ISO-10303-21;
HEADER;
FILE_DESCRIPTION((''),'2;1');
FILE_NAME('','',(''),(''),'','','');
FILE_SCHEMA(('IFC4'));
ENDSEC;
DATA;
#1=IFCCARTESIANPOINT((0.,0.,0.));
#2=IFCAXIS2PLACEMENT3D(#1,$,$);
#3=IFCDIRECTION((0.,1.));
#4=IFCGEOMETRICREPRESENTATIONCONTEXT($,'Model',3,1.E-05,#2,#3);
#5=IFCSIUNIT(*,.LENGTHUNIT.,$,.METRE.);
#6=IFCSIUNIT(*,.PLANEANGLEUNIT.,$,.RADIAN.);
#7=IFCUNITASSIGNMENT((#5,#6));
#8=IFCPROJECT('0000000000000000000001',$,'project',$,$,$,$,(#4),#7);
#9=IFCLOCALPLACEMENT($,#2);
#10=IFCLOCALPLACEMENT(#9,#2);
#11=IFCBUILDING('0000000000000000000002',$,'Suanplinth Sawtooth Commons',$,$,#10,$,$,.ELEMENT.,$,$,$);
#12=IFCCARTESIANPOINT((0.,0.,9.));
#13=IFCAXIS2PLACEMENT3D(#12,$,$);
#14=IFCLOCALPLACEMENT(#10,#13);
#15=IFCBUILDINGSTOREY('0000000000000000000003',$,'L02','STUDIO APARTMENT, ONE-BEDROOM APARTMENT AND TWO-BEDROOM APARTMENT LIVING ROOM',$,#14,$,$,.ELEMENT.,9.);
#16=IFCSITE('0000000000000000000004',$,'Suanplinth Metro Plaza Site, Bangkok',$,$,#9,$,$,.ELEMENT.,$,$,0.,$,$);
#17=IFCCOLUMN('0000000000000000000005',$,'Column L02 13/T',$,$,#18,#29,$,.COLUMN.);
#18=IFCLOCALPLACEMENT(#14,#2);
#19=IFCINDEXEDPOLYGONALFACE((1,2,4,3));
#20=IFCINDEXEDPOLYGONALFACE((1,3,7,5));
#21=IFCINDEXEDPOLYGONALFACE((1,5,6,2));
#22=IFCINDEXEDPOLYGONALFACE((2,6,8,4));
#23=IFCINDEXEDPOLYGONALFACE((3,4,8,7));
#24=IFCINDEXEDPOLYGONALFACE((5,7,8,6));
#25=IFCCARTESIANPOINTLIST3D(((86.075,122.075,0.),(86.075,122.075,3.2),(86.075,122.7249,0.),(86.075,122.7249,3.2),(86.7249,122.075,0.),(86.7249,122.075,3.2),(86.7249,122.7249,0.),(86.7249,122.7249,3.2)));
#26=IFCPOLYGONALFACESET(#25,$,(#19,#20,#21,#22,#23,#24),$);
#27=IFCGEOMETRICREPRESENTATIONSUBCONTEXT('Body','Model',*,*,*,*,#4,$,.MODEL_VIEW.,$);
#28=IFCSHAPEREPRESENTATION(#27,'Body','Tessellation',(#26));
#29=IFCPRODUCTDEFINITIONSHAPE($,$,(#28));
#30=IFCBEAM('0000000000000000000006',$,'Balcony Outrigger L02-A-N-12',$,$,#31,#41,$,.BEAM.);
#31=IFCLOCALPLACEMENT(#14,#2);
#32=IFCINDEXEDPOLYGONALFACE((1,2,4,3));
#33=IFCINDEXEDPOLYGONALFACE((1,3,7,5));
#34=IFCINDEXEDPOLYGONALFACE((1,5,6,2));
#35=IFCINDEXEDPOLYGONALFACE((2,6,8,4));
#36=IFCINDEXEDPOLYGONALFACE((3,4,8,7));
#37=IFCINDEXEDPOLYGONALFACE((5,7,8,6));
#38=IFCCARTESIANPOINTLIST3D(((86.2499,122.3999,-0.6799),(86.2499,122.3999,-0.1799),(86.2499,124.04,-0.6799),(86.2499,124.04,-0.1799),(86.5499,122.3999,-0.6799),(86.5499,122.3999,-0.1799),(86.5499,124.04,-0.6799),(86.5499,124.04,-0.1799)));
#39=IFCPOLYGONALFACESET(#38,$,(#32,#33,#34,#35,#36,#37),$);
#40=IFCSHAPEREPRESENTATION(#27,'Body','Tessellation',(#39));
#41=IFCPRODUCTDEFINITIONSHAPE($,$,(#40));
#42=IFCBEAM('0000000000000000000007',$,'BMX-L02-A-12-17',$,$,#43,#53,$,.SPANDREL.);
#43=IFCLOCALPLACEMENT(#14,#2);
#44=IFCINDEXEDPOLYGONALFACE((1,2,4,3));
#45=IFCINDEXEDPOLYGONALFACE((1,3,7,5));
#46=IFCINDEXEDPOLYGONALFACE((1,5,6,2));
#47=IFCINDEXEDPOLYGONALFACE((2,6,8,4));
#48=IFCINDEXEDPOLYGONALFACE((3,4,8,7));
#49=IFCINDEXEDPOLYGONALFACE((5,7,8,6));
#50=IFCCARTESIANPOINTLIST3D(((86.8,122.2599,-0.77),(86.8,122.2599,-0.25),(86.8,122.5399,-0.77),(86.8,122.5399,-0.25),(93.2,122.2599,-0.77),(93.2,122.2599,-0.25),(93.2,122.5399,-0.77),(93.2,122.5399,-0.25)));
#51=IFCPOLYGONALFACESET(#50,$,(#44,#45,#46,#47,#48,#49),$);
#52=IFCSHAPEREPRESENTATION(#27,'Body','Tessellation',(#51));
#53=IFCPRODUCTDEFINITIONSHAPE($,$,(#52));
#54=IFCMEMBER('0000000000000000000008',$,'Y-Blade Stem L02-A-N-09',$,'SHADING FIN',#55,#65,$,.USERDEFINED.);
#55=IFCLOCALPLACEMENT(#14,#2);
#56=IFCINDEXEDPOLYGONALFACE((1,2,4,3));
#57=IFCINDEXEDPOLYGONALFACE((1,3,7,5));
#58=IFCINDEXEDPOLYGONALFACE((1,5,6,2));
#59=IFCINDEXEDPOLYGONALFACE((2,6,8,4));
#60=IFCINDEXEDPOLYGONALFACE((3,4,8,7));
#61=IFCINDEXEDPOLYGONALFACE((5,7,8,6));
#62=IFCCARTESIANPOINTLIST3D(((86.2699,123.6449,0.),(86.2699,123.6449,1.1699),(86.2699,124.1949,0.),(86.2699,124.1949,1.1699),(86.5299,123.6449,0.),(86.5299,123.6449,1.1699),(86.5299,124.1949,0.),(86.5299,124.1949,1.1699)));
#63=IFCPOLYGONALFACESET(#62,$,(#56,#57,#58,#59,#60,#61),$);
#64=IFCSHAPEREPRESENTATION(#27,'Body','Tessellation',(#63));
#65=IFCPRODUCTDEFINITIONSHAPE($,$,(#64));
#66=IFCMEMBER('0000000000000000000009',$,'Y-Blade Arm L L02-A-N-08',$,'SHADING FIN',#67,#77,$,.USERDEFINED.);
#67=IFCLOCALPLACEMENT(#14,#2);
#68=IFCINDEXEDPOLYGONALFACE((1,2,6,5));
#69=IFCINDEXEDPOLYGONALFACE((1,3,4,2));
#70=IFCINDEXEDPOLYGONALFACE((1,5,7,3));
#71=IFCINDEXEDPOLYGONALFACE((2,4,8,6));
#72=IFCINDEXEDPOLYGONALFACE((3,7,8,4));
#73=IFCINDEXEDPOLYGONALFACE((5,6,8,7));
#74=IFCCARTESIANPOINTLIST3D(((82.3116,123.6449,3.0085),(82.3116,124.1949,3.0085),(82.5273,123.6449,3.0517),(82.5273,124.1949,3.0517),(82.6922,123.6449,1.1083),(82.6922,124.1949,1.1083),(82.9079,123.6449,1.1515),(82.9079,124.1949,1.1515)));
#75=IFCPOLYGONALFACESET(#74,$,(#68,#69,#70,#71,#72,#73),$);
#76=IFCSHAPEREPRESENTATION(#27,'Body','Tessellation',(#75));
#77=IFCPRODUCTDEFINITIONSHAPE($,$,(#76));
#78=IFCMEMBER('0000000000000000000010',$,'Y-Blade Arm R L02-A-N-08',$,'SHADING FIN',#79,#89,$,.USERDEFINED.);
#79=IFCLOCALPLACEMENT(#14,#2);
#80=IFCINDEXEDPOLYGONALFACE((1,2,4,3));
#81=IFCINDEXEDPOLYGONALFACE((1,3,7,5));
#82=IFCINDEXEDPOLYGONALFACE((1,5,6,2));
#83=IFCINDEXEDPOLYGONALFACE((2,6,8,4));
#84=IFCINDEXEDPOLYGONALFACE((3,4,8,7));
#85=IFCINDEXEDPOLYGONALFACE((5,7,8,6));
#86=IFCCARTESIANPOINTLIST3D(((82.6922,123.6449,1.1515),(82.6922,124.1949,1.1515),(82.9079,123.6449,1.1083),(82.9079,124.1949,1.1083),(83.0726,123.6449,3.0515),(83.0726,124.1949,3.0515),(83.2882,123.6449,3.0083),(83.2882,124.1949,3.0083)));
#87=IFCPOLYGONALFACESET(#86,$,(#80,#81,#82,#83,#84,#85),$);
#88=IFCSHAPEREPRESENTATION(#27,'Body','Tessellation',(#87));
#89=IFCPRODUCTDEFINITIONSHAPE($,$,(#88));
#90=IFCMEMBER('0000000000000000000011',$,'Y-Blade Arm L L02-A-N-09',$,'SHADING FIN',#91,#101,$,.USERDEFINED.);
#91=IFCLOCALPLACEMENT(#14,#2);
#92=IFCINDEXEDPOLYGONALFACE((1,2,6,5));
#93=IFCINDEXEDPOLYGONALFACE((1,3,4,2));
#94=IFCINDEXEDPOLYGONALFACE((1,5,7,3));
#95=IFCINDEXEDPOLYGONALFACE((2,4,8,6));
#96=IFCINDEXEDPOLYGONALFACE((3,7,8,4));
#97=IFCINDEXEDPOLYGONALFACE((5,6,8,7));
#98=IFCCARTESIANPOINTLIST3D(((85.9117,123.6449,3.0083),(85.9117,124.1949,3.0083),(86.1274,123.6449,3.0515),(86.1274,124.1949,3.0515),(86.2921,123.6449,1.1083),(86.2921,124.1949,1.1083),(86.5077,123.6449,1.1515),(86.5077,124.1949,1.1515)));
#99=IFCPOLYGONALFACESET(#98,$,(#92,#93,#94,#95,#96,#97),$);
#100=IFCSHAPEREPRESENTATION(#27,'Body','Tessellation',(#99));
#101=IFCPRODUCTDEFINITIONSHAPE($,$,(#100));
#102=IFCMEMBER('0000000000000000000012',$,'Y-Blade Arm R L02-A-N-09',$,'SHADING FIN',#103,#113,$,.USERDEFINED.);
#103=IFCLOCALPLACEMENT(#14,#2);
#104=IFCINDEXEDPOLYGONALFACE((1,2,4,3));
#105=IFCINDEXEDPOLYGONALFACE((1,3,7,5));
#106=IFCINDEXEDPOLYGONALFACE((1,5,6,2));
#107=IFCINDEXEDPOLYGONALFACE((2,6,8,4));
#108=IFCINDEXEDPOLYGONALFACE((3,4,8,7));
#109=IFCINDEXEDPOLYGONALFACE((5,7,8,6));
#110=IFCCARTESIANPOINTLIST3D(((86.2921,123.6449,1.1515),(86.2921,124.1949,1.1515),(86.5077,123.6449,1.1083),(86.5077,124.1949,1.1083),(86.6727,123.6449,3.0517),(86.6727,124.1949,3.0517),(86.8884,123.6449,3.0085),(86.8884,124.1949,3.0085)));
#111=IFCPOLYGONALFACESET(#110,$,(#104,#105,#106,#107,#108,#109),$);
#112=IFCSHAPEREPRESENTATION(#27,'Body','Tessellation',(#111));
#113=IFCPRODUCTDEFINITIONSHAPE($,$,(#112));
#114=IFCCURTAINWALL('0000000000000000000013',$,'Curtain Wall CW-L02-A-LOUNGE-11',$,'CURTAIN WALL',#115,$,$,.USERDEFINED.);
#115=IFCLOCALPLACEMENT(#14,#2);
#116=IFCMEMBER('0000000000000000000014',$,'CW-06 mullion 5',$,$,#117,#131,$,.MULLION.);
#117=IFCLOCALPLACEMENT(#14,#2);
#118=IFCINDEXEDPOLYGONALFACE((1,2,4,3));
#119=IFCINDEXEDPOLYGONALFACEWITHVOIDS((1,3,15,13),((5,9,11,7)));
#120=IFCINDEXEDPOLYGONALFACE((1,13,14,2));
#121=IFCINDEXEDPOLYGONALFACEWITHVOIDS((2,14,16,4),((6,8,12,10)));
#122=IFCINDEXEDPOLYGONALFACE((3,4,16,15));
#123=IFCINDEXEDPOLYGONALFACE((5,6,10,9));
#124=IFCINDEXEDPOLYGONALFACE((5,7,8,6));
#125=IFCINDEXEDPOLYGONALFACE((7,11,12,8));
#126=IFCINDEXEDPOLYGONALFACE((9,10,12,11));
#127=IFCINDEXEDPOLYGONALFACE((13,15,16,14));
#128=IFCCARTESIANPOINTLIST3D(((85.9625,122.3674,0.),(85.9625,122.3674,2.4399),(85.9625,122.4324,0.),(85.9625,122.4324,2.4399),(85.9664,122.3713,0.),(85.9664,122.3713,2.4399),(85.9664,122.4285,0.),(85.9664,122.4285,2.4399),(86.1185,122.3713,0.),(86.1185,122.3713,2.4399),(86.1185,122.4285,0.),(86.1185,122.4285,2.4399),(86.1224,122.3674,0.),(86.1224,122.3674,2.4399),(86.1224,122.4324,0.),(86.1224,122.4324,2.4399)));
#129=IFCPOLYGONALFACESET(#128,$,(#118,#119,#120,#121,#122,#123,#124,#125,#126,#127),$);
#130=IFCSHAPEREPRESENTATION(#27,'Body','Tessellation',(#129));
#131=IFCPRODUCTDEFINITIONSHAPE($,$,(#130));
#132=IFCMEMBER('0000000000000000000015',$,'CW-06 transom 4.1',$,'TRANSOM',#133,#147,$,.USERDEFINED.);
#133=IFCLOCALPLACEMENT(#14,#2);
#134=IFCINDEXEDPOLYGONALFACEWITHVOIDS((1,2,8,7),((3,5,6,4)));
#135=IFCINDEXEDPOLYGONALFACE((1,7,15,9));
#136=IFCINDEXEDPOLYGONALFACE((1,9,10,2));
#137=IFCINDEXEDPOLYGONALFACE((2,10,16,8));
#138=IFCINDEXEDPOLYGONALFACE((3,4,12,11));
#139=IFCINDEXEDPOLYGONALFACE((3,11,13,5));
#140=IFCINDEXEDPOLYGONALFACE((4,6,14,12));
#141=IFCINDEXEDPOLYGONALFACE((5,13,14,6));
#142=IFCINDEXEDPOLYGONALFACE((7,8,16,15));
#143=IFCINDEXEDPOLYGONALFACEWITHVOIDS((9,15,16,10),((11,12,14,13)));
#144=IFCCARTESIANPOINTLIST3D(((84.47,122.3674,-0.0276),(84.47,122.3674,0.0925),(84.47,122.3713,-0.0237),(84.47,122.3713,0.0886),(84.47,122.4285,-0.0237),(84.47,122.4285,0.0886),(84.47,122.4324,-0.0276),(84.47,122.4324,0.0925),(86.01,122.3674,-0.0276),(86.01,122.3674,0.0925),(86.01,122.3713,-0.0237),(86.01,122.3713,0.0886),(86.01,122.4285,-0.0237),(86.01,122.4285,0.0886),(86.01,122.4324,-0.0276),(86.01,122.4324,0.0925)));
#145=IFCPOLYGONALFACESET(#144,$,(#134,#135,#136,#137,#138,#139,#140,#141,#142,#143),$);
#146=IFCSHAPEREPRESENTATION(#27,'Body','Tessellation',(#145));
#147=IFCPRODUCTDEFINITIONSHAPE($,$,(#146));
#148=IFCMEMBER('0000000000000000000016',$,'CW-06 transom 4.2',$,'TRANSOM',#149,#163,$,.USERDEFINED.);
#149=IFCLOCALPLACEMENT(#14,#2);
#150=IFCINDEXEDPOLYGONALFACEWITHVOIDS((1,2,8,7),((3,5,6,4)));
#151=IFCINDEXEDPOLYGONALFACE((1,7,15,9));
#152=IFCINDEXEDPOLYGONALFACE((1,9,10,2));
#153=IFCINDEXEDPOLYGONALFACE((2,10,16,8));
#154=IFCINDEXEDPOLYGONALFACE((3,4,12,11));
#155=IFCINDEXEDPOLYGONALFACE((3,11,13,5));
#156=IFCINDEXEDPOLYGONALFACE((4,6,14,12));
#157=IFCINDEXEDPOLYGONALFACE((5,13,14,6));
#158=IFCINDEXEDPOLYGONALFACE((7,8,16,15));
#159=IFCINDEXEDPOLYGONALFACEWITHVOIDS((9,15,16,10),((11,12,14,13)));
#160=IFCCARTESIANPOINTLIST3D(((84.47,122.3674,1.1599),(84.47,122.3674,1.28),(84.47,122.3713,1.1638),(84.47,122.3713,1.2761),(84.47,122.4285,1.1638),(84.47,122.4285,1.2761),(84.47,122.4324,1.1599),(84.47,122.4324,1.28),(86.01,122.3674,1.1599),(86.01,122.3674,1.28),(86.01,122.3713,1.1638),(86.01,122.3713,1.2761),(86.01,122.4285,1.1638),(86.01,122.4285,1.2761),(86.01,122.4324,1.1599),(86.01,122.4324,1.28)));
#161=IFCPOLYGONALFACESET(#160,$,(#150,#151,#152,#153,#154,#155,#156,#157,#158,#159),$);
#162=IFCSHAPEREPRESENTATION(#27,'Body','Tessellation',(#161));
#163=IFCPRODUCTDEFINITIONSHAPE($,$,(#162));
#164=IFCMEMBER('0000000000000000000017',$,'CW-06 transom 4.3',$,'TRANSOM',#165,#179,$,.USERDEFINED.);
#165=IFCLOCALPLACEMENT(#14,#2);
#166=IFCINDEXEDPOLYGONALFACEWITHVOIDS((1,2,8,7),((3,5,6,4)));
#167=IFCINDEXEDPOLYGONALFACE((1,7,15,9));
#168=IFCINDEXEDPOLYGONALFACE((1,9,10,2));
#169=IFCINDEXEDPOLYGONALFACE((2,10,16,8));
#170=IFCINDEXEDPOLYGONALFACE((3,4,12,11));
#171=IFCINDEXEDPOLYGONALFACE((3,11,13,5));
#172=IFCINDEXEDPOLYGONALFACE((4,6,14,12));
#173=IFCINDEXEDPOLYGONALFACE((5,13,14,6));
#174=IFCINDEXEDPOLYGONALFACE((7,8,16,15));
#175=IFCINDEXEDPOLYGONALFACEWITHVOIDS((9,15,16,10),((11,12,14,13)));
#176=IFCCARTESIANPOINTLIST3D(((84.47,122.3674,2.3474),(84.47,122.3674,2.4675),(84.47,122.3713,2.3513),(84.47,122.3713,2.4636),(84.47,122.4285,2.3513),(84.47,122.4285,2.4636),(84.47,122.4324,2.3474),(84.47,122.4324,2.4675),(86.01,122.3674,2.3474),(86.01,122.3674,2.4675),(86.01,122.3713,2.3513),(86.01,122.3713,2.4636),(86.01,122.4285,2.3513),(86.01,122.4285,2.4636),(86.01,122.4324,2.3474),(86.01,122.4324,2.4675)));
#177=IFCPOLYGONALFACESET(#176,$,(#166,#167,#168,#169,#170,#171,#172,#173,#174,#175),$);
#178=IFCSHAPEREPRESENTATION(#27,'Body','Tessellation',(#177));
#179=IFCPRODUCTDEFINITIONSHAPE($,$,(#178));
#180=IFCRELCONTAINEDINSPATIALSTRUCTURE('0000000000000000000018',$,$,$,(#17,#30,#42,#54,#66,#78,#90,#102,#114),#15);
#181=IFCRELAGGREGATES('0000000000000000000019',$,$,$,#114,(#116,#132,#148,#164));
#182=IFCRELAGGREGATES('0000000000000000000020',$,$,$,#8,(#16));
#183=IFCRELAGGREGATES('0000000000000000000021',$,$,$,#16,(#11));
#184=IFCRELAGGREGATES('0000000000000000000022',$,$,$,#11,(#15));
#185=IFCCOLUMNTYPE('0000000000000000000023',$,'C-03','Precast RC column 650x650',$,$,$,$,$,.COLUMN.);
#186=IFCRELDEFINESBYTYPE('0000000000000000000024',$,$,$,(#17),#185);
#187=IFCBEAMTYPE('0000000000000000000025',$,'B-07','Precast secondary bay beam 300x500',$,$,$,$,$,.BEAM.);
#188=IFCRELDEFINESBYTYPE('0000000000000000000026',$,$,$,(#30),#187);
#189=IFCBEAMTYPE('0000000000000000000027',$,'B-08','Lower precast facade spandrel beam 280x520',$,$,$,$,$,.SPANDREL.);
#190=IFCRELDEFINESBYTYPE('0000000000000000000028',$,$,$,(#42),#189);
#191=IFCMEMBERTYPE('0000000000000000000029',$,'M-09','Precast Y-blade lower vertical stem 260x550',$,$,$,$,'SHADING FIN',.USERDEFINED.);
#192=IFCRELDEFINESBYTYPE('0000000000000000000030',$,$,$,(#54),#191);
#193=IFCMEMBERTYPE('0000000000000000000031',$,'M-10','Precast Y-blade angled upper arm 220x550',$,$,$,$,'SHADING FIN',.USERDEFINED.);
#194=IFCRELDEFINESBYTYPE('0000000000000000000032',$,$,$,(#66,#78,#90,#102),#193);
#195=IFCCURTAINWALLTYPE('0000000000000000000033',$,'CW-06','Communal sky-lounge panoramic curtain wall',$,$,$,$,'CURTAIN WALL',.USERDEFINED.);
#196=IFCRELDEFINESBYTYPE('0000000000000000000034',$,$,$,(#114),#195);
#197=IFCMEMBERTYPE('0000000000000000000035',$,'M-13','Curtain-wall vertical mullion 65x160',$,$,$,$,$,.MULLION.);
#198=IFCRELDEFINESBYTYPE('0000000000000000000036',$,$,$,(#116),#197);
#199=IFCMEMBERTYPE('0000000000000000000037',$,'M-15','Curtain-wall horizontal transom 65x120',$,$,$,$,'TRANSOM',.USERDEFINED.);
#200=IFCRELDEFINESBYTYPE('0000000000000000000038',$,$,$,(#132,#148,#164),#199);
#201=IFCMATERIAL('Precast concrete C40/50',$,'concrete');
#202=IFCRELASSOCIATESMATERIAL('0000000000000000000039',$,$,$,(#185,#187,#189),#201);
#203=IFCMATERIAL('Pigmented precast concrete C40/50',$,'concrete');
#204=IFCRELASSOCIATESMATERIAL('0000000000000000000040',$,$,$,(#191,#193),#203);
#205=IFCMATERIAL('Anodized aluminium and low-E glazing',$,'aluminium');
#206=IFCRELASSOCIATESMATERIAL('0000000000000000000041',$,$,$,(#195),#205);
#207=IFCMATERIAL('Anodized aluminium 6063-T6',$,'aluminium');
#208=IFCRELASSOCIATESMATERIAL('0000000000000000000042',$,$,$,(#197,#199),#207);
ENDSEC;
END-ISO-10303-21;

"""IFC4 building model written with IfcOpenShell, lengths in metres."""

from ifc_helpers import new_model, si_unit, direction, frame, origin, origin_2d, place, context, subcontext, project, spatial, rectangle, hollow_rectangle, extrude, material, material_profile, profile_set, type_object, element, aggregate, save


model = new_model("IFC4")

# Units and contexts
model_context = context("Model", 3, precision=1e-05, world=origin(), true_north=direction((0.0, 1.0)))
body_context = subcontext(model_context, "Body", "Model", "MODEL_VIEW")
ifc_project = project(units=[si_unit("LENGTHUNIT", "METRE"), si_unit("PLANEANGLEUNIT", "RADIAN")], contexts=[model_context])

# Site, building, storey
site_placement = place(None, origin())
site = spatial("IfcSite", under=ifc_project, at=site_placement, Name="Suanplinth Metro Plaza Site, Bangkok", CompositionType="ELEMENT", RefElevation=0.0)
building_placement = place(site_placement, origin())
building = spatial("IfcBuilding", under=site, at=building_placement, Name="Suanplinth Sawtooth Commons", CompositionType="ELEMENT")
storey_placement = place(building_placement, frame((0.0, 0.0, 9.0)))
storey = spatial("IfcBuildingStorey", under=building, at=storey_placement, Name="L02", Description="STUDIO APARTMENT, ONE-BEDROOM APARTMENT AND TWO-BEDROOM APARTMENT LIVING ROOM", CompositionType="ELEMENT", Elevation=9.0)

# Column
ifc_material_1 = material(Name="Precast concrete C40/50", Category="concrete")
ifc_material_profile_1 = material_profile(ifc_material_1, rectangle(XDim=0.6499, YDim=0.6499, at=origin_2d()), Name="PC-COL 650x650")
ifc_profile_set_1 = profile_set([ifc_material_profile_1], Name="Precast concrete C40/50")
column_type = type_object("IfcColumnType", Name="C-03", Description="Precast RC column 650x650", PredefinedType="COLUMN", material=ifc_profile_set_1)
column_placement = place(storey_placement, frame((86.3999, 122.3999, 0.0), z_axis=(0.0, 0.0, 1.0), x_axis=(1.0, 0.0, 0.0)))
element("IfcColumn", 1, at=column_placement, inside=storey, type_object=column_type, Name="Column L02 13/T", PredefinedType="COLUMN", context=body_context, shape_type="SweptSolid", body=[
    extrude(rectangle(XDim=0.6499, YDim=0.6499, at=origin_2d()), origin(), (0.0, 0.0, 1.0), 3.2),
])

# Beams
ifc_material_profile_2 = material_profile(ifc_material_1, rectangle(XDim=0.3, YDim=0.5, at=origin_2d()), Name="PC-BM 300x500")
ifc_profile_set_2 = profile_set([ifc_material_profile_2], Name="Precast concrete C40/50")
beam_type_1 = type_object("IfcBeamType", Name="B-07", Description="Precast secondary bay beam 300x500", PredefinedType="BEAM", material=ifc_profile_set_2)
beam_1_placement = place(storey_placement, frame((86.3999, 122.3999, -0.4299), z_axis=(0.0, 1.0, 0.0), x_axis=(-1.0, 0.0, 0.0)))
element("IfcBeam", 2, at=beam_1_placement, inside=storey, type_object=beam_type_1, Name="Balcony Outrigger L02-A-N-12", PredefinedType="BEAM", context=body_context, shape_type="SweptSolid", body=[
    extrude(rectangle(XDim=0.3, YDim=0.5, at=origin_2d()), origin(), (0.0, 0.0, 1.0), 1.6401),
])
ifc_material_profile_3 = material_profile(ifc_material_1, rectangle(XDim=0.28, YDim=0.52, at=origin_2d()), Name="PC-SP 280x520")
ifc_profile_set_3 = profile_set([ifc_material_profile_3], Name="Precast concrete C40/50")
beam_type_2 = type_object("IfcBeamType", Name="B-08", Description="Lower precast facade spandrel beam 280x520", PredefinedType="SPANDREL", material=ifc_profile_set_3)
beam_2_placement = place(storey_placement, frame((86.8, 122.3999, -0.51), z_axis=(1.0, 0.0, 0.0), x_axis=(0.0, 1.0, 0.0)))
element("IfcBeam", 3, at=beam_2_placement, inside=storey, type_object=beam_type_2, Name="BMX-L02-A-12-17", PredefinedType="SPANDREL", context=body_context, shape_type="SweptSolid", body=[
    extrude(rectangle(XDim=0.28, YDim=0.52, at=origin_2d()), origin(), (0.0, 0.0, 1.0), 6.3999),
])

# Members
ifc_material_2 = material(Name="Pigmented precast concrete C40/50", Category="concrete")
ifc_material_profile_4 = material_profile(ifc_material_2, rectangle(XDim=0.26, YDim=0.55, at=origin_2d()), Name="PC-FIN 260x550")
ifc_profile_set_4 = profile_set([ifc_material_profile_4], Name="Pigmented precast concrete C40/50")
member_type_1 = type_object("IfcMemberType", Name="M-09", Description="Precast Y-blade lower vertical stem 260x550", ElementType="SHADING FIN", PredefinedType="USERDEFINED", material=ifc_profile_set_4)
member_1_placement = place(storey_placement, frame((86.3999, 123.9199, 0.0), z_axis=(0.0, 0.0, 1.0), x_axis=(1.0, 0.0, 0.0)))
element("IfcMember", 4, at=member_1_placement, inside=storey, type_object=member_type_1, Name="Y-Blade Stem L02-A-N-09", ObjectType="SHADING FIN", PredefinedType="USERDEFINED", context=body_context, shape_type="SweptSolid", body=[
    extrude(rectangle(XDim=0.26, YDim=0.55, at=origin_2d()), origin(), (0.0, 0.0, 1.0), 1.1699),
])
ifc_material_profile_5 = material_profile(ifc_material_2, rectangle(XDim=0.22, YDim=0.55, at=origin_2d()), Name="PC-FIN 220x550")
ifc_profile_set_5 = profile_set([ifc_material_profile_5], Name="Pigmented precast concrete C40/50")
member_type_2 = type_object("IfcMemberType", Name="M-10", Description="Precast Y-blade angled upper arm 220x550", ElementType="SHADING FIN", PredefinedType="USERDEFINED", material=ifc_profile_set_5)
member_2_placement = place(storey_placement, frame((82.8, 123.9199, 1.1299), z_axis=(-0.196407, 0.0, 0.980522), x_axis=(0.980522, 0.0, 0.196407)))
element("IfcMember", 5, at=member_2_placement, inside=storey, type_object=member_type_2, Name="Y-Blade Arm L L02-A-N-08", ObjectType="SHADING FIN", PredefinedType="USERDEFINED", context=body_context, shape_type="SweptSolid", body=[
    extrude(rectangle(XDim=0.22, YDim=0.55, at=origin_2d()), origin(), (0.0, 0.0, 1.0), 1.938),
])
for number, where, z_axis, x_axis, name in (
    (6, (82.8, 123.9199, 1.1299), (0.196286, 0.0, 0.980547), (-0.980547, 0.0, 0.196286), "Y-Blade Arm R L02-A-N-08"),
    (7, (86.3999, 123.9199, 1.1299), (-0.196286, 0.0, 0.980547), (0.980547, 0.0, 0.196286), "Y-Blade Arm L L02-A-N-09"),
):
    element("IfcMember", number, at=place(storey_placement, frame(where, z_axis=z_axis, x_axis=x_axis)), inside=storey, type_object=member_type_2, Name=name, ObjectType="SHADING FIN", PredefinedType="USERDEFINED", context=body_context, shape_type="SweptSolid", body=[
        extrude(rectangle(XDim=0.22, YDim=0.55, at=origin_2d()), origin(), (0.0, 0.0, 1.0), 1.9377),
    ])
member_3_placement = place(storey_placement, frame((86.3999, 123.9199, 1.1299), z_axis=(0.196407, 0.0, 0.980522), x_axis=(-0.980522, 0.0, 0.196407)))
element("IfcMember", 8, at=member_3_placement, inside=storey, type_object=member_type_2, Name="Y-Blade Arm R L02-A-N-09", ObjectType="SHADING FIN", PredefinedType="USERDEFINED", context=body_context, shape_type="SweptSolid", body=[
    extrude(rectangle(XDim=0.22, YDim=0.55, at=origin_2d()), origin(), (0.0, 0.0, 1.0), 1.938),
])

# Curtain wall, members
ifc_material_3 = material(Name="Anodized aluminium and low-E glazing", Category="aluminium")
curtain_wall_type = type_object("IfcCurtainWallType", Name="CW-06", Description="Communal sky-lounge panoramic curtain wall", ElementType="CURTAIN WALL", PredefinedType="USERDEFINED", material=ifc_material_3)
curtain_wall_placement = place(storey_placement, origin())
curtain_wall = element("IfcCurtainWall", 9, at=curtain_wall_placement, inside=storey, type_object=curtain_wall_type, Name="Curtain Wall CW-L02-A-LOUNGE-11", ObjectType="CURTAIN WALL", PredefinedType="USERDEFINED")
ifc_material_4 = material(Name="Anodized aluminium 6063-T6", Category="aluminium")
ifc_material_profile_6 = material_profile(ifc_material_4, hollow_rectangle(XDim=0.0649, YDim=0.1599, WallThickness=0.0039, at=origin_2d()), Name="ALU-MUL 65x160")
ifc_profile_set_6 = profile_set([ifc_material_profile_6], Name="Anodized aluminium 6063-T6")
member_type_3 = type_object("IfcMemberType", Name="M-13", Description="Curtain-wall vertical mullion 65x160", PredefinedType="MULLION", material=ifc_profile_set_6)
member_4_placement = place(storey_placement, frame((86.0425, 122.3999, 0.0), z_axis=(0.0, 0.0, 1.0), x_axis=(0.0, 1.0, 0.0)))
member_4 = element("IfcMember", 10, at=member_4_placement, type_object=member_type_3, Name="CW-06 mullion 5", PredefinedType="MULLION", context=body_context, shape_type="SweptSolid", body=[
    extrude(hollow_rectangle(XDim=0.0649, YDim=0.1599, WallThickness=0.0039, at=origin_2d()), origin(), (0.0, 0.0, 1.0), 2.4399),
])
ifc_material_profile_7 = material_profile(ifc_material_4, hollow_rectangle(XDim=0.0649, YDim=0.1201, WallThickness=0.0039, at=origin_2d()), Name="ALU-TRN 65x120")
ifc_profile_set_7 = profile_set([ifc_material_profile_7], Name="Anodized aluminium 6063-T6")
member_type_4 = type_object("IfcMemberType", Name="M-15", Description="Curtain-wall horizontal transom 65x120", ElementType="TRANSOM", PredefinedType="USERDEFINED", material=ifc_profile_set_7)
member_5_placement = place(storey_placement, frame((84.47, 122.3999, 0.0325), z_axis=(1.0, 0.0, 0.0), x_axis=(0.0, 1.0, 0.0)))
member_5 = element("IfcMember", 11, at=member_5_placement, type_object=member_type_4, Name="CW-06 transom 4.1", ObjectType="TRANSOM", PredefinedType="USERDEFINED", context=body_context, shape_type="SweptSolid", body=[
    extrude(hollow_rectangle(XDim=0.0649, YDim=0.1201, WallThickness=0.0039, at=origin_2d()), origin(), (0.0, 0.0, 1.0), 1.54),
])
member_6_placement = place(storey_placement, frame((84.47, 122.3999, 1.22), z_axis=(1.0, 0.0, 0.0), x_axis=(0.0, 1.0, 0.0)))
member_6 = element("IfcMember", 12, at=member_6_placement, type_object=member_type_4, Name="CW-06 transom 4.2", ObjectType="TRANSOM", PredefinedType="USERDEFINED", context=body_context, shape_type="SweptSolid", body=[
    extrude(hollow_rectangle(XDim=0.0649, YDim=0.1201, WallThickness=0.0039, at=origin_2d()), origin(), (0.0, 0.0, 1.0), 1.54),
])
member_7_placement = place(storey_placement, frame((84.47, 122.3999, 2.4075), z_axis=(1.0, 0.0, 0.0), x_axis=(0.0, 1.0, 0.0)))
member_7 = element("IfcMember", 13, at=member_7_placement, type_object=member_type_4, Name="CW-06 transom 4.3", ObjectType="TRANSOM", PredefinedType="USERDEFINED", context=body_context, shape_type="SweptSolid", body=[
    extrude(hollow_rectangle(XDim=0.0649, YDim=0.1201, WallThickness=0.0039, at=origin_2d()), origin(), (0.0, 0.0, 1.0), 1.54),
])

aggregate(curtain_wall, [member_4, member_5, member_6, member_7])

save(model, "model.ifc")
